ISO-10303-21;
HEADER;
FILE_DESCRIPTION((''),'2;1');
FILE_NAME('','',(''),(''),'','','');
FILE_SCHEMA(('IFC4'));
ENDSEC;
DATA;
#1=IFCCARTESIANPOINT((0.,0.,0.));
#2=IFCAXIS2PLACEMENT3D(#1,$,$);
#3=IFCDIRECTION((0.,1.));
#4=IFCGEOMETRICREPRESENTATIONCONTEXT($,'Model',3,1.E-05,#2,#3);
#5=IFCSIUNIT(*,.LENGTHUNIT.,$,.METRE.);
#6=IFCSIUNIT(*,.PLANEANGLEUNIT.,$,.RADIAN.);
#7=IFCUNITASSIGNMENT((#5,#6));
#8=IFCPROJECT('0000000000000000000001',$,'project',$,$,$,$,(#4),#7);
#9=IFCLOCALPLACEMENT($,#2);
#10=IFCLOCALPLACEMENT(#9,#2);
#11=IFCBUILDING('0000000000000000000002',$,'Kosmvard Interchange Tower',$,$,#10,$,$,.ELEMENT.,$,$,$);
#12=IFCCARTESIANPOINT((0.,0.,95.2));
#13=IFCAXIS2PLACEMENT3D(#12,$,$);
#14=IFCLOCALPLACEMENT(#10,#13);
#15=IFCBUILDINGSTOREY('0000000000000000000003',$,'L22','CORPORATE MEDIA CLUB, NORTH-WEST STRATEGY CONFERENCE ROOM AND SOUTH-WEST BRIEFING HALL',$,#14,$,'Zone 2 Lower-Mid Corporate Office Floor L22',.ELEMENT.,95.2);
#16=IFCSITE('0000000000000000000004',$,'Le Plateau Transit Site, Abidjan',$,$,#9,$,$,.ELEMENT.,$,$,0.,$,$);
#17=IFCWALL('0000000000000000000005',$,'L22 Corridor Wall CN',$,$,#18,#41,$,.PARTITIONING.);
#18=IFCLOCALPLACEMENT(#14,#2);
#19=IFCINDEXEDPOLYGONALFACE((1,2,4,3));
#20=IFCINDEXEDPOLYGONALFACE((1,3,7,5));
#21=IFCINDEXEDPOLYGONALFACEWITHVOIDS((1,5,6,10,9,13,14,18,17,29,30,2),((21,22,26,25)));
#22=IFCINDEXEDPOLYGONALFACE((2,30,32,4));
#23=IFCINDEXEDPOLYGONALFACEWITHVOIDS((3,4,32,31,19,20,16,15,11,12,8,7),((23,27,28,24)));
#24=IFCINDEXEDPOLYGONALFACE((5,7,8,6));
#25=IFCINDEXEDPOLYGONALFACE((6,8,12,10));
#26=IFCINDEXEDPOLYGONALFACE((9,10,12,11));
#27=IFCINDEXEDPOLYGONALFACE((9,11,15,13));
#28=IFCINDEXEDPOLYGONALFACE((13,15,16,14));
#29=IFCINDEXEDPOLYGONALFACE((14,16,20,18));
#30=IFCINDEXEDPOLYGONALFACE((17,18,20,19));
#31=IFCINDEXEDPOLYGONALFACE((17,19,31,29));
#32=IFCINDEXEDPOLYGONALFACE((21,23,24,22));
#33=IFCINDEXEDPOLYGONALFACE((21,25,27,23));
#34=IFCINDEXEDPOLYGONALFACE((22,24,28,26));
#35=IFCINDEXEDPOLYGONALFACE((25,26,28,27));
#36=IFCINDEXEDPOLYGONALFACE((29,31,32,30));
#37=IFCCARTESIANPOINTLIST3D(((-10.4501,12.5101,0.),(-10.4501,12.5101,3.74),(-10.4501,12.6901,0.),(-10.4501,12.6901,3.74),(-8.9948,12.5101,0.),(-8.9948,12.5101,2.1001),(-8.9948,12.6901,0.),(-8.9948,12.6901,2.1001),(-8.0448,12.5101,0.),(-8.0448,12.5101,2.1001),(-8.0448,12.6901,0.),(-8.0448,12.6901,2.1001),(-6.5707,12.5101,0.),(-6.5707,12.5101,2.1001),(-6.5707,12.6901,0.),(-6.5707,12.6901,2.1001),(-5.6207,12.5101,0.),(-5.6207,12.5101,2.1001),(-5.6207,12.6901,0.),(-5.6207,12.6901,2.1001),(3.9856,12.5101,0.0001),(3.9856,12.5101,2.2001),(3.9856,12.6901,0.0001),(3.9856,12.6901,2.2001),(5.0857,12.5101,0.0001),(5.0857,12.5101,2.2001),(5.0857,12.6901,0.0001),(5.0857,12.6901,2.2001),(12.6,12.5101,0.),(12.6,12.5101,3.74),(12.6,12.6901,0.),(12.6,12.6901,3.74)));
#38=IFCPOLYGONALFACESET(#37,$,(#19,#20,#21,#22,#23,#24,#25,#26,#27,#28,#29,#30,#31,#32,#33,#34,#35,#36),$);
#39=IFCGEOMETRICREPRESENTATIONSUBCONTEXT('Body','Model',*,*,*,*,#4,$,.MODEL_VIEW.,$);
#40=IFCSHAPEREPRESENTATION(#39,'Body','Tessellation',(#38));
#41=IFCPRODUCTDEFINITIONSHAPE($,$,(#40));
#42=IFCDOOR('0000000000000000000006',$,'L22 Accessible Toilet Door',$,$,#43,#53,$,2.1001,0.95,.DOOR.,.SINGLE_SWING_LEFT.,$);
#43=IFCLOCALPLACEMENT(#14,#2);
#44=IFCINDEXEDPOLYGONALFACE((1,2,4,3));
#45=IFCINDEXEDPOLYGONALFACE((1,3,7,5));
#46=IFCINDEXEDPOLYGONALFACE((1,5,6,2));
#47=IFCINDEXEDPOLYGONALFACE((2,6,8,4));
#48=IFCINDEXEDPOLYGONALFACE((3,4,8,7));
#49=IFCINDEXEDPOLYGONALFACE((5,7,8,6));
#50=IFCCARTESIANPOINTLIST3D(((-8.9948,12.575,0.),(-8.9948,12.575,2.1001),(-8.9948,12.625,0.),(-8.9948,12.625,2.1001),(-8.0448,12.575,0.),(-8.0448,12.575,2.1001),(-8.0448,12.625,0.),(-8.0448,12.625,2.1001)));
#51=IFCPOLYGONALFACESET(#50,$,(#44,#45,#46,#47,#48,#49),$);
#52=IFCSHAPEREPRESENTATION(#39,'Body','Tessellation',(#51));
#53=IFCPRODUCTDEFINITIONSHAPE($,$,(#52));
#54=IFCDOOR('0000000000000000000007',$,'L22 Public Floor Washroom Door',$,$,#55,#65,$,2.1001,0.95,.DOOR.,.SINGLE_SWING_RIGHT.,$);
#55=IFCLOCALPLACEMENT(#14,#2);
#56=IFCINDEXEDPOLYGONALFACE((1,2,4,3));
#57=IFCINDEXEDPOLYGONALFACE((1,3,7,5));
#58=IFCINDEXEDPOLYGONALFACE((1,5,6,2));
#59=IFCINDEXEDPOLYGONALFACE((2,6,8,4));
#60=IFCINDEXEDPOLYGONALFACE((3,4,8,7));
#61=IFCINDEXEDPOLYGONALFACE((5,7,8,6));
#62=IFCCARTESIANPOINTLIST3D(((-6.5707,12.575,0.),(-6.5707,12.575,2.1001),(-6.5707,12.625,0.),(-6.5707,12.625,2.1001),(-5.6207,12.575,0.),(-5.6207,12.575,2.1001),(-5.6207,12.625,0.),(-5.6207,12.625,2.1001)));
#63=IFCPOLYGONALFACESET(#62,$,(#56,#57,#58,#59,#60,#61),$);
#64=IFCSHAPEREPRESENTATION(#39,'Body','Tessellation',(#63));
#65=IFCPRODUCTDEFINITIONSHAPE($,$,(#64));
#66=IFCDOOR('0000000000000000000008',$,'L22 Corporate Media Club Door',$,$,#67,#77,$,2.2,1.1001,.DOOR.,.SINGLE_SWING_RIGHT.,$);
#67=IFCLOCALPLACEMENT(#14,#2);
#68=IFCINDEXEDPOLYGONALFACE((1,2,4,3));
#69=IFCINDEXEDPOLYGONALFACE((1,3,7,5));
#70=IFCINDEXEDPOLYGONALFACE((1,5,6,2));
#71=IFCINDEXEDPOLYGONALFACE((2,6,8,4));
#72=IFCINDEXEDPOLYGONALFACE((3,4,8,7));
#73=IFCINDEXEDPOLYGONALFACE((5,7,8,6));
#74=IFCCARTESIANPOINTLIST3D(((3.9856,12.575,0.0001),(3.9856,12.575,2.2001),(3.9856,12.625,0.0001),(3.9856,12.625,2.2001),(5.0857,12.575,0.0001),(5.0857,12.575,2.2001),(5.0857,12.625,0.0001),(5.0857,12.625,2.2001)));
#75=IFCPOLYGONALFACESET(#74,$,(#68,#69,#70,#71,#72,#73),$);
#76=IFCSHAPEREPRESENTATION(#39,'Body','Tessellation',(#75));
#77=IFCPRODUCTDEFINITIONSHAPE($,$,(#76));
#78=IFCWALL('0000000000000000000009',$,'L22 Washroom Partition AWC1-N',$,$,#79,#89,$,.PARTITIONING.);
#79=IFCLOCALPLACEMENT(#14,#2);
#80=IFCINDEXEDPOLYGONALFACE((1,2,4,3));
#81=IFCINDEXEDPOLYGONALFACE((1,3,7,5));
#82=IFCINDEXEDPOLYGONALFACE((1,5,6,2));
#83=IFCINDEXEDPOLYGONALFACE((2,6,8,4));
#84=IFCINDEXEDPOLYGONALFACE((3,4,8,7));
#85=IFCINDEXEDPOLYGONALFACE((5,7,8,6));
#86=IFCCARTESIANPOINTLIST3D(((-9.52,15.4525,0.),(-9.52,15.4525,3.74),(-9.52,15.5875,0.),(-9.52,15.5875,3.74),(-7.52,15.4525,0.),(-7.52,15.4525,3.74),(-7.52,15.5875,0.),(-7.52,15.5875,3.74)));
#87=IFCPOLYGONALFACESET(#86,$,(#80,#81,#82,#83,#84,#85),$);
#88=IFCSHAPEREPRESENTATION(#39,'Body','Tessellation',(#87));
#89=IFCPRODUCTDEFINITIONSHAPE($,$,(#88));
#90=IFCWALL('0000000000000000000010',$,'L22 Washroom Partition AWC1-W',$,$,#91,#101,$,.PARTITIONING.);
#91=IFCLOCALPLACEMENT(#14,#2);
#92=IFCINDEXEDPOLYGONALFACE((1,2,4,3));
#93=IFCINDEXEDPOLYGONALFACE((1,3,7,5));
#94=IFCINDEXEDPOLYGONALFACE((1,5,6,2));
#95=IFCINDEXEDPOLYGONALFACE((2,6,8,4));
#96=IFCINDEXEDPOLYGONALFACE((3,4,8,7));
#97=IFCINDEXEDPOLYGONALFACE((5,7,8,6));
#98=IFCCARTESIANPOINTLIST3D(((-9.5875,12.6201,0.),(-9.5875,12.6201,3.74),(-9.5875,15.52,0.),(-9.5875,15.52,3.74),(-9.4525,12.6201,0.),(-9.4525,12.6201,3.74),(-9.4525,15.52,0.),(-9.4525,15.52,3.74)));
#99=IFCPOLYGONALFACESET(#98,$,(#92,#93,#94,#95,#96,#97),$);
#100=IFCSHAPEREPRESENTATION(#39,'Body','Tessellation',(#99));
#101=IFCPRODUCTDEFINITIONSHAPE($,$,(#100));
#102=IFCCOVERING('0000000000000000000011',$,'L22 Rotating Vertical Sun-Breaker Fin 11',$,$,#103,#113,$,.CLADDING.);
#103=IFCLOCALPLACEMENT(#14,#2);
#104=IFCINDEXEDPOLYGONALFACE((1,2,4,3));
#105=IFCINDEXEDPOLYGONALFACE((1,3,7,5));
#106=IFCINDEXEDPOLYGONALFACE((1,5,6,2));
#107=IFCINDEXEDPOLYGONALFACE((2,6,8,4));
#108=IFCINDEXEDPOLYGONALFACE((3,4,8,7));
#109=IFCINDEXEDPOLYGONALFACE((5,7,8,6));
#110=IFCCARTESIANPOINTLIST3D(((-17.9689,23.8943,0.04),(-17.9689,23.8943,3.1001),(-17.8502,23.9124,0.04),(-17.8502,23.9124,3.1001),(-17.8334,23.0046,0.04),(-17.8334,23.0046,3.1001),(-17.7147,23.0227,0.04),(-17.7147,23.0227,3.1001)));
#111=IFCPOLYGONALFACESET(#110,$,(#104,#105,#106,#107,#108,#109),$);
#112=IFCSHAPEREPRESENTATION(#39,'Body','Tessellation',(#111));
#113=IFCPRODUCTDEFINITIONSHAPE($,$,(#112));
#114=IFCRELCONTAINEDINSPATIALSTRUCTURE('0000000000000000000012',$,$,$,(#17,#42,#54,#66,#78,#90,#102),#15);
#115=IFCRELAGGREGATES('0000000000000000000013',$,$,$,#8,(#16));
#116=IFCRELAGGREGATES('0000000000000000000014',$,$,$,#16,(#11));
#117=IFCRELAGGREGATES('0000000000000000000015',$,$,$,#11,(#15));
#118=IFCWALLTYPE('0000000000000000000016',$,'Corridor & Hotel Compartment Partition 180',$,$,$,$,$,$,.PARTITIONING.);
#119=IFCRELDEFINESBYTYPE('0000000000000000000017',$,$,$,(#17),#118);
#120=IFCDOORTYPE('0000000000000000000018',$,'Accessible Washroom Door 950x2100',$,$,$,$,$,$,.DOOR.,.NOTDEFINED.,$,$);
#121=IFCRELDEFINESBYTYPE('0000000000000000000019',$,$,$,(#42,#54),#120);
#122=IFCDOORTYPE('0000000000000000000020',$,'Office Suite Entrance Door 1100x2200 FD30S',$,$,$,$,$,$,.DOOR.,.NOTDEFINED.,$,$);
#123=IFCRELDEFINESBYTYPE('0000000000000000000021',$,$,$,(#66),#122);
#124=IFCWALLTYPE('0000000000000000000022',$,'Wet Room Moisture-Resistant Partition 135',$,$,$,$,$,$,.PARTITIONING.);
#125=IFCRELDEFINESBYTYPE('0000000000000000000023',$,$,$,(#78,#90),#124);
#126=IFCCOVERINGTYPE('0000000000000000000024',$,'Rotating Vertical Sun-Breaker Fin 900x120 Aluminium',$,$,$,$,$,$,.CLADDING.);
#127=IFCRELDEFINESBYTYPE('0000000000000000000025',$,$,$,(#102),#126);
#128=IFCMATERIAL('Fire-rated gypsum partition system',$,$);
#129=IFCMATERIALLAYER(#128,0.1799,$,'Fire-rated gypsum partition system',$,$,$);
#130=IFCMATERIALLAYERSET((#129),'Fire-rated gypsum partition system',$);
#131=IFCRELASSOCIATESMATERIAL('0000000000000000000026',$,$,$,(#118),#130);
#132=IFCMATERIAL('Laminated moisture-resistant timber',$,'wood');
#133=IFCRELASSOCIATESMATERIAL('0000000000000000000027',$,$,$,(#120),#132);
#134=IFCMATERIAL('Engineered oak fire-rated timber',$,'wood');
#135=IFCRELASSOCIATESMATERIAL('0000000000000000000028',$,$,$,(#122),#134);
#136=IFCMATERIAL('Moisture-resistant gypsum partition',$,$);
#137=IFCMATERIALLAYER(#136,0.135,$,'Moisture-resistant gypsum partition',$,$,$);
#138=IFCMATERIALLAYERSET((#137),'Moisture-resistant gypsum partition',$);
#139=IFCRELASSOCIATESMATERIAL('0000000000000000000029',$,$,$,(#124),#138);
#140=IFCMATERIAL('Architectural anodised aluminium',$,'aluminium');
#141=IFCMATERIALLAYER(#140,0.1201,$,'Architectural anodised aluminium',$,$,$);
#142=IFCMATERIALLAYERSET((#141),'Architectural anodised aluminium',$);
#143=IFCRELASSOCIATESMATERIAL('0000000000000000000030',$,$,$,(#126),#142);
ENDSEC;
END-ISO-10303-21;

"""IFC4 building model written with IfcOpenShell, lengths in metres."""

from ifc_helpers import new_model, si_unit, direction, frame, frame_2d, origin, origin_2d, place, context, subcontext, project, spatial, rectangle, extrude, source, transform, mapped, material, layer, layer_set, type_object, element, fill, save


model = new_model("IFC4")

# Units and contexts
model_context = context("Model", 3, precision=1e-05, world=origin(), true_north=direction((0.0, 1.0)))
body_context = subcontext(model_context, "Body", "Model", "MODEL_VIEW")
ifc_project = project(units=[si_unit("LENGTHUNIT", "METRE"), si_unit("PLANEANGLEUNIT", "RADIAN")], contexts=[model_context])

# Site, building, storey
site_placement = place(None, origin())
site = spatial("IfcSite", under=ifc_project, at=site_placement, Name="Le Plateau Transit Site, Abidjan", CompositionType="ELEMENT", RefElevation=0.0)
building_placement = place(site_placement, origin())
building = spatial("IfcBuilding", under=site, at=building_placement, Name="Kosmvard Interchange Tower", CompositionType="ELEMENT")
storey_placement = place(building_placement, frame((0.0, 0.0, 95.2)))
storey = spatial("IfcBuildingStorey", under=building, at=storey_placement, Name="L22", Description="CORPORATE MEDIA CLUB, NORTH-WEST STRATEGY CONFERENCE ROOM AND SOUTH-WEST BRIEFING HALL", LongName="Zone 2 Lower-Mid Corporate Office Floor L22", CompositionType="ELEMENT", Elevation=95.2)

# Wall, openings, doors
ifc_material_1 = material(Name="Fire-rated gypsum partition system")
ifc_layer_1 = layer(ifc_material_1, 0.1799, Name="Fire-rated gypsum partition system")
ifc_layer_set_1 = layer_set([ifc_layer_1], Name="Fire-rated gypsum partition system")
wall_type_1 = type_object("IfcWallType", Name="Corridor & Hotel Compartment Partition 180", PredefinedType="PARTITIONING", material=ifc_layer_set_1)
wall_1_placement = place(storey_placement, frame((-10.45, 12.6001, 0.0), z_axis=(0.0, 0.0, 1.0), x_axis=(1.0, 0.0, 0.0)))
wall_1 = element("IfcWall", 1, at=wall_1_placement, inside=storey, type_object=wall_type_1, Name="L22 Corridor Wall CN", PredefinedType="PARTITIONING", context=body_context, shape_type="SweptSolid", body=[
    extrude(rectangle(XDim=23.05, YDim=0.1799, at=frame_2d((11.5249, 0.0))), origin(), (0.0, 0.0, 1.0), 3.74),
])
opening_1_placement = place(wall_1_placement, frame((1.4551, 0.0, 0.0)))
opening_1 = element("IfcOpeningElement", 2, at=opening_1_placement, cuts=wall_1, PredefinedType="OPENING", context=body_context, shape_type="SweptSolid", body=[
    extrude(rectangle(XDim=0.95, YDim=2.1001, at=frame_2d((0.4751, 1.05))), frame((0.0, 0.1001, 0.0), z_axis=(0.0, -1.0, 0.0), x_axis=(1.0, 0.0, 0.0)), (0.0, 0.0, 1.0), 0.2),
])
opening_2_placement = place(wall_1_placement, frame((3.8792, 0.0, 0.0)))
opening_2 = element("IfcOpeningElement", 3, at=opening_2_placement, cuts=wall_1, PredefinedType="OPENING", context=body_context, shape_type="SweptSolid", body=[
    extrude(rectangle(XDim=0.95, YDim=2.1001, at=frame_2d((0.4751, 1.05))), frame((0.0, 0.1001, 0.0), z_axis=(0.0, -1.0, 0.0), x_axis=(1.0, 0.0, 0.0)), (0.0, 0.0, 1.0), 0.2),
])
opening_3_placement = place(wall_1_placement, frame((14.4355, 0.0, 0.0)))
opening_3 = element("IfcOpeningElement", 4, at=opening_3_placement, cuts=wall_1, PredefinedType="OPENING", context=body_context, shape_type="SweptSolid", body=[
    extrude(rectangle(XDim=1.1001, YDim=2.2, at=frame_2d((0.55, 1.1001))), frame((0.0, 0.1001, 0.0), z_axis=(0.0, -1.0, 0.0), x_axis=(1.0, 0.0, 0.0)), (0.0, 0.0, 1.0), 0.2),
])
ifc_material_2 = material(Name="Laminated moisture-resistant timber", Category="wood")
door_type_1 = type_object("IfcDoorType", Name="Accessible Washroom Door 950x2100", OperationType="NOTDEFINED", PredefinedType="DOOR", material=ifc_material_2)
shared_shape_1 = source(origin(), body_context, "Body", "SweptSolid", [
    extrude(rectangle(XDim=0.95, YDim=2.1001, at=frame_2d((0.4751, 1.05))), frame((0.0, 0.0249, 0.0), z_axis=(0.0, -1.0, 0.0), x_axis=(1.0, 0.0, 0.0)), (0.0, 0.0, 1.0), 0.05),
])
door_1_placement = place(opening_1_placement, origin())
door_1 = element("IfcDoor", 5, at=door_1_placement, inside=storey, type_object=door_type_1, Name="L22 Accessible Toilet Door", OperationType="SINGLE_SWING_LEFT", OverallHeight=2.1001, OverallWidth=0.95, PredefinedType="DOOR", context=body_context, shape_type="MappedRepresentation", body=[
    mapped(shared_shape_1, transform((0.0, 0.0, 0.0), scale=1.0)),
])
fill(opening_1, door_1)
door_2_placement = place(opening_2_placement, origin())
door_2 = element("IfcDoor", 6, at=door_2_placement, inside=storey, type_object=door_type_1, Name="L22 Public Floor Washroom Door", OperationType="SINGLE_SWING_RIGHT", OverallHeight=2.1001, OverallWidth=0.95, PredefinedType="DOOR", context=body_context, shape_type="MappedRepresentation", body=[
    mapped(shared_shape_1, transform((0.0, 0.0, 0.0), scale=1.0)),
])
fill(opening_2, door_2)
ifc_material_3 = material(Name="Engineered oak fire-rated timber", Category="wood")
door_type_2 = type_object("IfcDoorType", Name="Office Suite Entrance Door 1100x2200 FD30S", OperationType="NOTDEFINED", PredefinedType="DOOR", material=ifc_material_3)
shared_shape_2 = source(origin(), body_context, "Body", "SweptSolid", [
    extrude(rectangle(XDim=1.1001, YDim=2.2, at=frame_2d((0.55, 1.1001))), frame((0.0, 0.0249, 0.0), z_axis=(0.0, -1.0, 0.0), x_axis=(1.0, 0.0, 0.0)), (0.0, 0.0, 1.0), 0.05),
])
door_3_placement = place(opening_3_placement, origin())
door_3 = element("IfcDoor", 7, at=door_3_placement, inside=storey, type_object=door_type_2, Name="L22 Corporate Media Club Door", OperationType="SINGLE_SWING_RIGHT", OverallHeight=2.2, OverallWidth=1.1001, PredefinedType="DOOR", context=body_context, shape_type="MappedRepresentation", body=[
    mapped(shared_shape_2, transform((0.0, 0.0, 0.0), scale=1.0)),
])
fill(opening_3, door_3)

# Walls
ifc_material_4 = material(Name="Moisture-resistant gypsum partition")
ifc_layer_2 = layer(ifc_material_4, 0.135, Name="Moisture-resistant gypsum partition")
ifc_layer_set_2 = layer_set([ifc_layer_2], Name="Moisture-resistant gypsum partition")
wall_type_2 = type_object("IfcWallType", Name="Wet Room Moisture-Resistant Partition 135", PredefinedType="PARTITIONING", material=ifc_layer_set_2)
wall_2_placement = place(storey_placement, frame((-9.52, 15.52, 0.0), z_axis=(0.0, 0.0, 1.0), x_axis=(1.0, 0.0, 0.0)))
element("IfcWall", 8, at=wall_2_placement, inside=storey, type_object=wall_type_2, Name="L22 Washroom Partition AWC1-N", PredefinedType="PARTITIONING", context=body_context, shape_type="SweptSolid", body=[
    extrude(rectangle(XDim=2.0, YDim=0.135, at=frame_2d((1.0, 0.0))), origin(), (0.0, 0.0, 1.0), 3.74),
])
wall_3_placement = place(storey_placement, frame((-9.52, 12.6201, 0.0), z_axis=(0.0, 0.0, 1.0), x_axis=(0.0, 1.0, 0.0)))
element("IfcWall", 9, at=wall_3_placement, inside=storey, type_object=wall_type_2, Name="L22 Washroom Partition AWC1-W", PredefinedType="PARTITIONING", context=body_context, shape_type="SweptSolid", body=[
    extrude(rectangle(XDim=2.8999, YDim=0.135, at=frame_2d((1.45, 0.0))), origin(), (0.0, 0.0, 1.0), 3.74),
])

# Covering
ifc_material_5 = material(Name="Architectural anodised aluminium", Category="aluminium")
ifc_layer_3 = layer(ifc_material_5, 0.1201, Name="Architectural anodised aluminium")
ifc_layer_set_3 = layer_set([ifc_layer_3], Name="Architectural anodised aluminium")
covering_type = type_object("IfcCoveringType", Name="Rotating Vertical Sun-Breaker Fin 900x120 Aluminium", PredefinedType="CLADDING", material=ifc_layer_set_3)
shared_shape_3 = source(origin(), body_context, "Body", "SweptSolid", [
    extrude(rectangle(XDim=0.8999, YDim=0.1201, at=origin_2d()), origin(), (0.0, 0.0, 1.0), 3.0601),
])
covering_placement = place(storey_placement, frame((-17.8418, 23.4585, 0.04), z_axis=(0.0, 0.0, 1.0), x_axis=(-0.150571, 0.988599, 0.0)))
element("IfcCovering", 10, at=covering_placement, inside=storey, type_object=covering_type, Name="L22 Rotating Vertical Sun-Breaker Fin 11", PredefinedType="CLADDING", context=body_context, shape_type="MappedRepresentation", body=[
    mapped(shared_shape_3, transform((0.0, 0.0, 0.0), scale=1.0)),
])

save(model, "model.ifc")
